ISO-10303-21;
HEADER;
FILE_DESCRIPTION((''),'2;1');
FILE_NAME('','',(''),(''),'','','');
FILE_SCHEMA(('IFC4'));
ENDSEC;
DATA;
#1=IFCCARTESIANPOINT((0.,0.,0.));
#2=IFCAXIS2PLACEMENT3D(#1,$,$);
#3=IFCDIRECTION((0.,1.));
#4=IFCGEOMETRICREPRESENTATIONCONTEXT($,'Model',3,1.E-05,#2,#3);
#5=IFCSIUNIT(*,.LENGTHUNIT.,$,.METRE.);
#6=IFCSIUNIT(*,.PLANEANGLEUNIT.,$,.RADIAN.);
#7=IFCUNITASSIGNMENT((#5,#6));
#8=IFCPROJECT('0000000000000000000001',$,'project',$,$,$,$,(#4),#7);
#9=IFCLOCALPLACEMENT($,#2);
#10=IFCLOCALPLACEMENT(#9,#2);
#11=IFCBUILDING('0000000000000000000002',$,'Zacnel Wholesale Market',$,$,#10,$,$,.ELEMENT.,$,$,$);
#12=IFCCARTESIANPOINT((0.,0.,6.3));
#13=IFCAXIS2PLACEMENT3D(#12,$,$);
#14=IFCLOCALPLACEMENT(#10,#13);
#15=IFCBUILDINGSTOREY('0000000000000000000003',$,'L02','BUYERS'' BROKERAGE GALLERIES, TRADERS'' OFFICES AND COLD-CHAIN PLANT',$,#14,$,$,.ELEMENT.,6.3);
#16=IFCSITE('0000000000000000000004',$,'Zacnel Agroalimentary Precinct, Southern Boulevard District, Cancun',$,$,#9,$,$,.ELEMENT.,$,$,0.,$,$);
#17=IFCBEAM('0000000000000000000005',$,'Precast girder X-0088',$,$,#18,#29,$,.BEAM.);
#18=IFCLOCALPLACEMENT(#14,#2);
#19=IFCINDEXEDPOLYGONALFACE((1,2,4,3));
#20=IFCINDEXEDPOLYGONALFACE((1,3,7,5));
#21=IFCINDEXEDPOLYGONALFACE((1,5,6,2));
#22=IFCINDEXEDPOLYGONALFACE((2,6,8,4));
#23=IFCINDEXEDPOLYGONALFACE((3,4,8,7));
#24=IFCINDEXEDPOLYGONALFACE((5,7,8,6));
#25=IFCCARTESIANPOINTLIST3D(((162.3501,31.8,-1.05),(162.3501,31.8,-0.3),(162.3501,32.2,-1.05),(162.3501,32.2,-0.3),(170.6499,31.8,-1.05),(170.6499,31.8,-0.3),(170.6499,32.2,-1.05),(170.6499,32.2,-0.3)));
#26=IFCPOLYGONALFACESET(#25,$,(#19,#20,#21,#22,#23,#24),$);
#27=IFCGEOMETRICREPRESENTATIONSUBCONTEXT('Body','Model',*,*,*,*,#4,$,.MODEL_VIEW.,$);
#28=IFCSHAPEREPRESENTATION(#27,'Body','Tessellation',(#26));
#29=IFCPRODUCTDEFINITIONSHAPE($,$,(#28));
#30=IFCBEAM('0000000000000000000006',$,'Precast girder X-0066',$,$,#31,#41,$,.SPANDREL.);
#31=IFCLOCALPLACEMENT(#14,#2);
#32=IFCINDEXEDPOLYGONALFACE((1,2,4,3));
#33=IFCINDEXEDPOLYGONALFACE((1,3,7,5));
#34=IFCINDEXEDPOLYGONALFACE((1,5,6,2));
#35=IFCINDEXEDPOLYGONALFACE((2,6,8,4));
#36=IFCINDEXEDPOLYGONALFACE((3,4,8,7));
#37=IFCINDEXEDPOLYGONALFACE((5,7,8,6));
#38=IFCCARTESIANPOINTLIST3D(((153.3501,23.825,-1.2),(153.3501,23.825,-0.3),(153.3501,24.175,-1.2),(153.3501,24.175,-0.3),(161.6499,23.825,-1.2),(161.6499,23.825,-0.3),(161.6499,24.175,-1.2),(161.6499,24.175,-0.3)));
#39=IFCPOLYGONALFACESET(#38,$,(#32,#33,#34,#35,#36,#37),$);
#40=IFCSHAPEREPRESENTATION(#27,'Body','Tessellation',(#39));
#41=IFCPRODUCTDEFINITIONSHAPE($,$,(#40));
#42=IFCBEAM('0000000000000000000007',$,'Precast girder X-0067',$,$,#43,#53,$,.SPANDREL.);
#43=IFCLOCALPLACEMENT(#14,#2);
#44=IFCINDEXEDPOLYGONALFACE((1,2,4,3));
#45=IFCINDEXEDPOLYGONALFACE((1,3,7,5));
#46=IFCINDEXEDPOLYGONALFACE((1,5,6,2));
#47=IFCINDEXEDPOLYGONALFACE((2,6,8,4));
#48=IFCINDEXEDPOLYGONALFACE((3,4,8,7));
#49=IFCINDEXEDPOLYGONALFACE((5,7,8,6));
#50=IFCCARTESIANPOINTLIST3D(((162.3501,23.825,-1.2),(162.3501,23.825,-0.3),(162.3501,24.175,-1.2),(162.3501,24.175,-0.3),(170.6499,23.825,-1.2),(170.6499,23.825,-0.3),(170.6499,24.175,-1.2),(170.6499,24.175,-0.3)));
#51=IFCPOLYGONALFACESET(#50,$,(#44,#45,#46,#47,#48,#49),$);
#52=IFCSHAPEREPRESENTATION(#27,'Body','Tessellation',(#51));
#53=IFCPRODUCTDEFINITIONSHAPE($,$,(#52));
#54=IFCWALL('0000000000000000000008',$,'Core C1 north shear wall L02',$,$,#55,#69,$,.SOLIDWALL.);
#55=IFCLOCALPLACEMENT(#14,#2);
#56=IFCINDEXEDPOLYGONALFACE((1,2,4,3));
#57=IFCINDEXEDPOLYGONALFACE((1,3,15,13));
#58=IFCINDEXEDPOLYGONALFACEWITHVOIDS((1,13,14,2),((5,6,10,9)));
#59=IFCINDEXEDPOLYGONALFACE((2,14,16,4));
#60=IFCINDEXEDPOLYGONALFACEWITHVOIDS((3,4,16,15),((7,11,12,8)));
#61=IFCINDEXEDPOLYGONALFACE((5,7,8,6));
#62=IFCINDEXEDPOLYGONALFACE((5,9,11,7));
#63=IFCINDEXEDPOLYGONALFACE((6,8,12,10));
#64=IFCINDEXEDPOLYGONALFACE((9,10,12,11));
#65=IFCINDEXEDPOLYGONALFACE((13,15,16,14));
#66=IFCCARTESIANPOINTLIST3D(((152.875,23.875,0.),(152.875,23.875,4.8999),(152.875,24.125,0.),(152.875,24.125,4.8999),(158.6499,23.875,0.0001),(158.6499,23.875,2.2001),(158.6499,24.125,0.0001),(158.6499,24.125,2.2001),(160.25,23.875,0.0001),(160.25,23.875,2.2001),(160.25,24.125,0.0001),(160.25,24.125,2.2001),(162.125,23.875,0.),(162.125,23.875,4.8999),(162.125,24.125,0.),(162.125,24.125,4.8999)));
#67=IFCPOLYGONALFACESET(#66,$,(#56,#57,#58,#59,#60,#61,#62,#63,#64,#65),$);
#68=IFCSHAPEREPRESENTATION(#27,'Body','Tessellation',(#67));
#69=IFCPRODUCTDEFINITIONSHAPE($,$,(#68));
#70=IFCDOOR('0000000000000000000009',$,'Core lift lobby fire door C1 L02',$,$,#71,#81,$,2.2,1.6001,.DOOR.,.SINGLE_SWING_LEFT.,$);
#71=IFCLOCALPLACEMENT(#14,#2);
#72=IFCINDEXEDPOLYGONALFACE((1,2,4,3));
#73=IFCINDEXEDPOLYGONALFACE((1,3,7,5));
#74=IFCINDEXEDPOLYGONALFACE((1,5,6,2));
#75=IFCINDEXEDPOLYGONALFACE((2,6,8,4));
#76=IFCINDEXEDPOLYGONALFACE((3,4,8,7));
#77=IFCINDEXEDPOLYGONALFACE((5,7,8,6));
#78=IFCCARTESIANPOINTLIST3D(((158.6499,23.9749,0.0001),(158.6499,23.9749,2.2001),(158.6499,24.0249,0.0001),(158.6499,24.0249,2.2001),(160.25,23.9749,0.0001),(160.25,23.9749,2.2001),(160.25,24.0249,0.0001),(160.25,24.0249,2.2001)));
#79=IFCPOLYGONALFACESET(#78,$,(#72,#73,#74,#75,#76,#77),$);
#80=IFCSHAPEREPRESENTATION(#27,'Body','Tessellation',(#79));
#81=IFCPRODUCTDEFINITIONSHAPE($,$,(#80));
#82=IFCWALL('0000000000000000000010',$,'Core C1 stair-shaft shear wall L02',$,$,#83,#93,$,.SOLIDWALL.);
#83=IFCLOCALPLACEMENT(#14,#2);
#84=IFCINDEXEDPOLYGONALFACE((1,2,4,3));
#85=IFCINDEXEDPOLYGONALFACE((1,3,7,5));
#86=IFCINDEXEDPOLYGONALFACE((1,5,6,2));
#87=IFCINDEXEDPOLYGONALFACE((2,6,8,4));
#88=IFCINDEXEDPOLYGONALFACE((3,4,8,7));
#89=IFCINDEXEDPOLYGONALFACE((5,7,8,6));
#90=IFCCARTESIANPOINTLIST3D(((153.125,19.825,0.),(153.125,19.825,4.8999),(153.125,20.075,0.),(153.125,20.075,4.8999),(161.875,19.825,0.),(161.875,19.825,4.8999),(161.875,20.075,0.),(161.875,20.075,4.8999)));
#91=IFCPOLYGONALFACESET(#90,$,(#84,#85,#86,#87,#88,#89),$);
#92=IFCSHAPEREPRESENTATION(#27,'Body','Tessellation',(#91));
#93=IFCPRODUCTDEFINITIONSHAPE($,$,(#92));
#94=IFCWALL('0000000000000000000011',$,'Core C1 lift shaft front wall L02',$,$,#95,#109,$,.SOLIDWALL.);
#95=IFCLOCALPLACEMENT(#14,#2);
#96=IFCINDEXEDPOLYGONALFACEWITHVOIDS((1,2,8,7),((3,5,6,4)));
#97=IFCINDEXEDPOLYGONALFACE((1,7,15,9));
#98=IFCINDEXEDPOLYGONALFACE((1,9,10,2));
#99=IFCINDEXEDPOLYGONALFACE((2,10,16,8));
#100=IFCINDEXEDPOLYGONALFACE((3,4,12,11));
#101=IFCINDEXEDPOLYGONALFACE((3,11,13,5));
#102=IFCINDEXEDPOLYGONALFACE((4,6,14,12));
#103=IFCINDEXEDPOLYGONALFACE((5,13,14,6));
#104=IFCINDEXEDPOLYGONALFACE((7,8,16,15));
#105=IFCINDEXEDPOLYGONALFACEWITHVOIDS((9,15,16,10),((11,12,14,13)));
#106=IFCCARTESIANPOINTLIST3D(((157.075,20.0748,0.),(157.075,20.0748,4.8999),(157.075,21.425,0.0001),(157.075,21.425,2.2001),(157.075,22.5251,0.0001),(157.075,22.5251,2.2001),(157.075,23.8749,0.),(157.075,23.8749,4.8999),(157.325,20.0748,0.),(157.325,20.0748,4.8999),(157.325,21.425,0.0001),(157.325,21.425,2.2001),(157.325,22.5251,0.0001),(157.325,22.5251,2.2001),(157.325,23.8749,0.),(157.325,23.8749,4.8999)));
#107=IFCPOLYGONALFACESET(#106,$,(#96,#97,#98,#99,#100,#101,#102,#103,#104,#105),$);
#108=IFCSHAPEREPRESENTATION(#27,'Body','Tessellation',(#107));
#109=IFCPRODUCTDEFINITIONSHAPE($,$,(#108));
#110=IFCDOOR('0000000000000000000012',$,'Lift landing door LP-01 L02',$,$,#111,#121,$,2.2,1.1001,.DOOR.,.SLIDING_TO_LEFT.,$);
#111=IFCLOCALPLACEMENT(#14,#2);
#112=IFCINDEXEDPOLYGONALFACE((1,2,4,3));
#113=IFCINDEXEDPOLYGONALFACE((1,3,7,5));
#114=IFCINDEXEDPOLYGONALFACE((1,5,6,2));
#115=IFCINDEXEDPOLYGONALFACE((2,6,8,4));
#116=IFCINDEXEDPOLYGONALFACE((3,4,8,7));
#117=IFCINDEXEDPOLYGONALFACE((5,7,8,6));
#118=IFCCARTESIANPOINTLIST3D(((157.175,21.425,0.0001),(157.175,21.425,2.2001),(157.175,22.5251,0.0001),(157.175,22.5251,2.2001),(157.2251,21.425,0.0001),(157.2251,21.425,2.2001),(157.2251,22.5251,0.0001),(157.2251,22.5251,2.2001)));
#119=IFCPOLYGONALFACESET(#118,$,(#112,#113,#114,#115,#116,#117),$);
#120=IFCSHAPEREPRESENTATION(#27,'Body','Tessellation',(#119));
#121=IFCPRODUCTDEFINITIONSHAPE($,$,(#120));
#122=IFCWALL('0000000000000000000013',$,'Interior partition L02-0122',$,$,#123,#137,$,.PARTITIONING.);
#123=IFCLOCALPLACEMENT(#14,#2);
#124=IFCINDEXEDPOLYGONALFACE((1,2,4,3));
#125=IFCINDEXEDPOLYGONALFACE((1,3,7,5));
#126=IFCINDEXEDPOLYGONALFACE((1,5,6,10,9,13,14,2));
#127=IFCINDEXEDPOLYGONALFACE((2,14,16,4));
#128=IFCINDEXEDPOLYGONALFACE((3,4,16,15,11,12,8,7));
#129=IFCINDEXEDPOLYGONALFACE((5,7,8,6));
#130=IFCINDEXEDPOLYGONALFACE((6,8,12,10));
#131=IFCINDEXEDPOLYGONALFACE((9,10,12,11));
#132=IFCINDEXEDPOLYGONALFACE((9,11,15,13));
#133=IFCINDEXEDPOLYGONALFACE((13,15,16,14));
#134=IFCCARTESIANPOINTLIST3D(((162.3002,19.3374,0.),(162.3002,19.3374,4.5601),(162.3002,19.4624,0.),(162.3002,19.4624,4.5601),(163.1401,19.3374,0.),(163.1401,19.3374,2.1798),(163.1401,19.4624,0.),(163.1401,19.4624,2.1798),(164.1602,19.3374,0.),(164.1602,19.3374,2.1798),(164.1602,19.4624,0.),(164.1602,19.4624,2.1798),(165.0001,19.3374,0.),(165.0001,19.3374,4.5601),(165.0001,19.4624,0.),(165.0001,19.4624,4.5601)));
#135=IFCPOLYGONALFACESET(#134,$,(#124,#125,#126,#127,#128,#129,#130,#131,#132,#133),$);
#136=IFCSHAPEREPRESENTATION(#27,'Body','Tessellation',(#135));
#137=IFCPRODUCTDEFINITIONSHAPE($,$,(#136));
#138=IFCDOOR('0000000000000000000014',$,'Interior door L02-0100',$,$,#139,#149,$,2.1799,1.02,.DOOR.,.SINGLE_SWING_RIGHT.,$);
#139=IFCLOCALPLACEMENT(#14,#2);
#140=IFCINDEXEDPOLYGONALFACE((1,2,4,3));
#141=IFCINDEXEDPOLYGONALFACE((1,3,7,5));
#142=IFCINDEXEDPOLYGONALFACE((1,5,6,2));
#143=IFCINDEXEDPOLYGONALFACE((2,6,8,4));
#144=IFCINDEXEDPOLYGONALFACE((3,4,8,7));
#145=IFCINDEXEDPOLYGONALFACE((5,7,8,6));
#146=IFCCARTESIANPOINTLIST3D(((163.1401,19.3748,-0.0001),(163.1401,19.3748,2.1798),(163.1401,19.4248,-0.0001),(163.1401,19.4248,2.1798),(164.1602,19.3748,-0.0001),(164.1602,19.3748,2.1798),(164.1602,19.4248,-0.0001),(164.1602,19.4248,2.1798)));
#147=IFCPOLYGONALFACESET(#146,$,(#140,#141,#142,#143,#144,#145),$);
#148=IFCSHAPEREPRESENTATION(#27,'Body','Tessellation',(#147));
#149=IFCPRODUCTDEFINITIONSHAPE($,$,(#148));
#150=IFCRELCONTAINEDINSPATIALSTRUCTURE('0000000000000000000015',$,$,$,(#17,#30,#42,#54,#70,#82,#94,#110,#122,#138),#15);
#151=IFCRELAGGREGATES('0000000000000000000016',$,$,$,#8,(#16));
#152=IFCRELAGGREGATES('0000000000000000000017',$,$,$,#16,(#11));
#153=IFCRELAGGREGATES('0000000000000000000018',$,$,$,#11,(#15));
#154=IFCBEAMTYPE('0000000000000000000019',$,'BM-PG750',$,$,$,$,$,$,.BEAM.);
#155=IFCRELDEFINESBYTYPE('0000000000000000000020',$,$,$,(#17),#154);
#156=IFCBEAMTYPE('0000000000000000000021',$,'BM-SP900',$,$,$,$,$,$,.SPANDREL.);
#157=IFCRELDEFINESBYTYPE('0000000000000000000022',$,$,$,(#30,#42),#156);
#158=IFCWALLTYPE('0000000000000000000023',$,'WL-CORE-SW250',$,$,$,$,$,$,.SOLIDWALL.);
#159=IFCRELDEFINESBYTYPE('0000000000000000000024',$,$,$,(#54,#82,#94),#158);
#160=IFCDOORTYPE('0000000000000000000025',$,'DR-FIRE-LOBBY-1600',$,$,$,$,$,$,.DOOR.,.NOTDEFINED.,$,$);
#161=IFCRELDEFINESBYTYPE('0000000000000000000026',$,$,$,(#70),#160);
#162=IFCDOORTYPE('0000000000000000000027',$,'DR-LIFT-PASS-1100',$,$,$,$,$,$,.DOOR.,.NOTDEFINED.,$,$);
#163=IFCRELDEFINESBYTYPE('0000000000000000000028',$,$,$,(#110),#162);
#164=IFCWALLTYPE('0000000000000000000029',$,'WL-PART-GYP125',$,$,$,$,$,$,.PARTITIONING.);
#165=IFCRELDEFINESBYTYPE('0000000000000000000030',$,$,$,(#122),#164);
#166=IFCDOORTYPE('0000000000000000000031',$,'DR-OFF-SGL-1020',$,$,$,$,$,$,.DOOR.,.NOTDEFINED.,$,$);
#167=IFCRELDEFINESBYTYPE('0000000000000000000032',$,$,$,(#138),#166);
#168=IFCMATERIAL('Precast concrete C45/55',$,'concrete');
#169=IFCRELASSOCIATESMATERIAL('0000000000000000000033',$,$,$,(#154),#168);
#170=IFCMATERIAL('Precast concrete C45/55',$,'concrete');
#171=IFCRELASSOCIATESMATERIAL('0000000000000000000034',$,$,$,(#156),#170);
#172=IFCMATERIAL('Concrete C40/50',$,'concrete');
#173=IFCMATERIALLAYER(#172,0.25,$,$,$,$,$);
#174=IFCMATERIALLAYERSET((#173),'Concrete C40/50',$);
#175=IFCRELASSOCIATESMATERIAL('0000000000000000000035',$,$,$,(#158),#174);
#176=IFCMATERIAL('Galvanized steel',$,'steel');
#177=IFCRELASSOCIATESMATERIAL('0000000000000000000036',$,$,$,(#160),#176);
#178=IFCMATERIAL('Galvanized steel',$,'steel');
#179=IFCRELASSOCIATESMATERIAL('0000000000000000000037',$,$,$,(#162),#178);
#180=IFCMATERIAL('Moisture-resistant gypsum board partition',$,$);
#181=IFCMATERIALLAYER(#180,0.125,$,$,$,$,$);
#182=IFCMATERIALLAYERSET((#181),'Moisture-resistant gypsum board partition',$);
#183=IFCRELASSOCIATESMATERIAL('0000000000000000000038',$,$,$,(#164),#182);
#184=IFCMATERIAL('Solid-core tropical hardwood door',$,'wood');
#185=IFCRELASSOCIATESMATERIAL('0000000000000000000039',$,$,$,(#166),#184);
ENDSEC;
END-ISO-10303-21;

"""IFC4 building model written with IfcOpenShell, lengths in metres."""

from ifc_helpers import new_model, si_unit, direction, frame, frame_2d, origin, origin_2d, place, context, subcontext, project, spatial, rectangle, extrude, material, layer, layer_set, material_profile, profile_set, type_object, element, fill, save


model = new_model("IFC4")

# Units and contexts
model_context = context("Model", 3, precision=1e-05, world=origin(), true_north=direction((0.0, 1.0)))
body_context = subcontext(model_context, "Body", "Model", "MODEL_VIEW")
ifc_project = project(units=[si_unit("LENGTHUNIT", "METRE"), si_unit("PLANEANGLEUNIT", "RADIAN")], contexts=[model_context])

# Site, building, storey
site_placement = place(None, origin())
site = spatial("IfcSite", under=ifc_project, at=site_placement, Name="Zacnel Agroalimentary Precinct, Southern Boulevard District, Cancun", CompositionType="ELEMENT", RefElevation=0.0)
building_placement = place(site_placement, origin())
building = spatial("IfcBuilding", under=site, at=building_placement, Name="Zacnel Wholesale Market", CompositionType="ELEMENT")
storey_placement = place(building_placement, frame((0.0, 0.0, 6.3)))
storey = spatial("IfcBuildingStorey", under=building, at=storey_placement, Name="L02", Description="BUYERS' BROKERAGE GALLERIES, TRADERS' OFFICES AND COLD-CHAIN PLANT", CompositionType="ELEMENT", Elevation=6.3)

# Beams
ifc_material_1 = material(Name="Precast concrete C45/55", Category="concrete")
ifc_material_profile_1 = material_profile(ifc_material_1, rectangle(XDim=0.3999, YDim=0.75, at=origin_2d()), Name="PG 400x750")
ifc_profile_set_1 = profile_set([ifc_material_profile_1], Name="Precast concrete C45/55")
beam_type_1 = type_object("IfcBeamType", Name="BM-PG750", PredefinedType="BEAM", material=ifc_profile_set_1)
for number, where, z_axis, x_axis, name in (
    (1, (162.3501, 32.0, -0.675), (1.0, 0.0, 0.0), (0.0, 1.0, 0.0), "Precast girder X-0088"),
):
    element("IfcBeam", number, at=place(storey_placement, frame(where, z_axis=z_axis, x_axis=x_axis)), inside=storey, type_object=beam_type_1, Name=name, PredefinedType="BEAM", context=body_context, shape_type="SweptSolid", body=[
        extrude(rectangle(XDim=0.3999, YDim=0.75, at=origin_2d()), origin(), (0.0, 0.0, 1.0), 8.2998),
    ])
ifc_material_2 = material(Name="Precast concrete C45/55", Category="concrete")
ifc_material_profile_2 = material_profile(ifc_material_2, rectangle(XDim=0.3501, YDim=0.8999, at=origin_2d()), Name="SP 350x900")
ifc_profile_set_2 = profile_set([ifc_material_profile_2], Name="Precast concrete C45/55")
beam_type_2 = type_object("IfcBeamType", Name="BM-SP900", PredefinedType="SPANDREL", material=ifc_profile_set_2)
for number, where, z_axis, x_axis, name in (
    (2, (153.3501, 24.0, -0.75), (1.0, 0.0, 0.0), (0.0, 1.0, 0.0), "Precast girder X-0066"),
    (3, (162.3501, 24.0, -0.75), (1.0, 0.0, 0.0), (0.0, 1.0, 0.0), "Precast girder X-0067"),
):
    element("IfcBeam", number, at=place(storey_placement, frame(where, z_axis=z_axis, x_axis=x_axis)), inside=storey, type_object=beam_type_2, Name=name, PredefinedType="SPANDREL", context=body_context, shape_type="SweptSolid", body=[
        extrude(rectangle(XDim=0.3501, YDim=0.8999, at=origin_2d()), origin(), (0.0, 0.0, 1.0), 8.2998),
    ])

# Wall, opening, door
ifc_material_3 = material(Name="Concrete C40/50", Category="concrete")
ifc_layer_1 = layer(ifc_material_3, 0.25)
ifc_layer_set_1 = layer_set([ifc_layer_1], Name="Concrete C40/50")
wall_type_1 = type_object("IfcWallType", Name="WL-CORE-SW250", PredefinedType="SOLIDWALL", material=ifc_layer_set_1)
wall_1_placement = place(storey_placement, frame((152.875, 24.0, 0.0), z_axis=(0.0, 0.0, 1.0), x_axis=(1.0, 0.0, 0.0)))
wall_1 = element("IfcWall", 4, at=wall_1_placement, inside=storey, type_object=wall_type_1, Name="Core C1 north shear wall L02", PredefinedType="SOLIDWALL", context=body_context, shape_type="SweptSolid", body=[
    extrude(rectangle(XDim=9.25, YDim=0.25, at=frame_2d((4.625, 0.0))), origin(), (0.0, 0.0, 1.0), 4.8999),
])
opening_1_placement = place(wall_1_placement, frame((5.7749, 0.0, 0.0)))
opening_1 = element("IfcOpeningElement", 5, at=opening_1_placement, cuts=wall_1, PredefinedType="OPENING", context=body_context, shape_type="SweptSolid", body=[
    extrude(rectangle(XDim=1.6001, YDim=2.2, at=frame_2d((0.8, 1.1001))), frame((0.0, 0.135, 0.0), z_axis=(0.0, -1.0, 0.0), x_axis=(1.0, 0.0, 0.0)), (0.0, 0.0, 1.0), 0.27),
])
ifc_material_4 = material(Name="Galvanized steel", Category="steel")
door_type_1 = type_object("IfcDoorType", Name="DR-FIRE-LOBBY-1600", OperationType="NOTDEFINED", PredefinedType="DOOR", material=ifc_material_4)
door_1_placement = place(opening_1_placement, origin())
door_1 = element("IfcDoor", 6, at=door_1_placement, inside=storey, type_object=door_type_1, Name="Core lift lobby fire door C1 L02", OperationType="SINGLE_SWING_LEFT", OverallHeight=2.2, OverallWidth=1.6001, PredefinedType="DOOR", context=body_context, shape_type="SweptSolid", body=[
    extrude(rectangle(XDim=1.6001, YDim=2.2, at=frame_2d((0.8, 1.1001))), frame((0.0, 0.0249, 0.0), z_axis=(0.0, -1.0, 0.0), x_axis=(1.0, 0.0, 0.0)), (0.0, 0.0, 1.0), 0.05),
])
fill(opening_1, door_1)

# Wall
wall_2_placement = place(storey_placement, frame((153.125, 19.95, 0.0), z_axis=(0.0, 0.0, 1.0), x_axis=(1.0, 0.0, 0.0)))
element("IfcWall", 7, at=wall_2_placement, inside=storey, type_object=wall_type_1, Name="Core C1 stair-shaft shear wall L02", PredefinedType="SOLIDWALL", context=body_context, shape_type="SweptSolid", body=[
    extrude(rectangle(XDim=8.75, YDim=0.25, at=frame_2d((4.375, 0.0))), origin(), (0.0, 0.0, 1.0), 4.8999),
])

# Walls, openings, doors
wall_3_placement = place(storey_placement, frame((157.2, 20.075, 0.0), z_axis=(0.0, 0.0, 1.0), x_axis=(0.0, 1.0, 0.0)))
wall_3 = element("IfcWall", 8, at=wall_3_placement, inside=storey, type_object=wall_type_1, Name="Core C1 lift shaft front wall L02", PredefinedType="SOLIDWALL", context=body_context, shape_type="SweptSolid", body=[
    extrude(rectangle(XDim=3.8, YDim=0.25, at=frame_2d((1.8999, 0.0))), origin(), (0.0, 0.0, 1.0), 4.8999),
])
opening_2_placement = place(wall_3_placement, frame((1.3501, 0.0, 0.0)))
opening_2 = element("IfcOpeningElement", 9, at=opening_2_placement, cuts=wall_3, PredefinedType="OPENING", context=body_context, shape_type="SweptSolid", body=[
    extrude(rectangle(XDim=1.1001, YDim=2.2, at=frame_2d((0.55, 1.1001))), frame((0.0, 0.135, 0.0), z_axis=(0.0, -1.0, 0.0), x_axis=(1.0, 0.0, 0.0)), (0.0, 0.0, 1.0), 0.27),
])
ifc_material_5 = material(Name="Galvanized steel", Category="steel")
door_type_2 = type_object("IfcDoorType", Name="DR-LIFT-PASS-1100", OperationType="NOTDEFINED", PredefinedType="DOOR", material=ifc_material_5)
door_2_placement = place(opening_2_placement, origin())
door_2 = element("IfcDoor", 10, at=door_2_placement, inside=storey, type_object=door_type_2, Name="Lift landing door LP-01 L02", OperationType="SLIDING_TO_LEFT", OverallHeight=2.2, OverallWidth=1.1001, PredefinedType="DOOR", context=body_context, shape_type="SweptSolid", body=[
    extrude(rectangle(XDim=1.1001, YDim=2.2, at=frame_2d((0.55, 1.1001))), frame((0.0, 0.0249, 0.0), z_axis=(0.0, -1.0, 0.0), x_axis=(1.0, 0.0, 0.0)), (0.0, 0.0, 1.0), 0.05),
])
fill(opening_2, door_2)
ifc_material_6 = material(Name="Moisture-resistant gypsum board partition")
ifc_layer_2 = layer(ifc_material_6, 0.125)
ifc_layer_set_2 = layer_set([ifc_layer_2], Name="Moisture-resistant gypsum board partition")
wall_type_2 = type_object("IfcWallType", Name="WL-PART-GYP125", PredefinedType="PARTITIONING", material=ifc_layer_set_2)
wall_4_placement = place(storey_placement, frame((162.3, 19.3999, 0.0), z_axis=(0.0, 0.0, 1.0), x_axis=(1.0, 0.0, 0.0)))
wall_4 = element("IfcWall", 11, at=wall_4_placement, inside=storey, type_object=wall_type_2, Name="Interior partition L02-0122", PredefinedType="PARTITIONING", context=body_context, shape_type="SweptSolid", body=[
    extrude(rectangle(XDim=2.7, YDim=0.125, at=frame_2d((1.3501, 0.0))), origin(), (0.0, 0.0, 1.0), 4.5601),
])
opening_3_placement = place(wall_4_placement, frame((0.8401, 0.0, 0.0)))
opening_3 = element("IfcOpeningElement", 12, at=opening_3_placement, cuts=wall_4, PredefinedType="OPENING", context=body_context, shape_type="SweptSolid", body=[
    extrude(rectangle(XDim=1.02, YDim=2.1799, at=frame_2d((0.51, 1.0898))), frame((0.0, 0.0725, 0.0), z_axis=(0.0, -1.0, 0.0), x_axis=(1.0, 0.0, 0.0)), (0.0, 0.0, 1.0), 0.145),
])
ifc_material_7 = material(Name="Solid-core tropical hardwood door", Category="wood")
door_type_3 = type_object("IfcDoorType", Name="DR-OFF-SGL-1020", OperationType="NOTDEFINED", PredefinedType="DOOR", material=ifc_material_7)
door_3_placement = place(opening_3_placement, origin())
door_3 = element("IfcDoor", 13, at=door_3_placement, inside=storey, type_object=door_type_3, Name="Interior door L02-0100", OperationType="SINGLE_SWING_RIGHT", OverallHeight=2.1799, OverallWidth=1.02, PredefinedType="DOOR", context=body_context, shape_type="SweptSolid", body=[
    extrude(rectangle(XDim=1.02, YDim=2.1799, at=frame_2d((0.51, 1.0898))), frame((0.0, 0.0249, 0.0), z_axis=(0.0, -1.0, 0.0), x_axis=(1.0, 0.0, 0.0)), (0.0, 0.0, 1.0), 0.05),
])
fill(opening_3, door_3)

save(model, "model.ifc")
